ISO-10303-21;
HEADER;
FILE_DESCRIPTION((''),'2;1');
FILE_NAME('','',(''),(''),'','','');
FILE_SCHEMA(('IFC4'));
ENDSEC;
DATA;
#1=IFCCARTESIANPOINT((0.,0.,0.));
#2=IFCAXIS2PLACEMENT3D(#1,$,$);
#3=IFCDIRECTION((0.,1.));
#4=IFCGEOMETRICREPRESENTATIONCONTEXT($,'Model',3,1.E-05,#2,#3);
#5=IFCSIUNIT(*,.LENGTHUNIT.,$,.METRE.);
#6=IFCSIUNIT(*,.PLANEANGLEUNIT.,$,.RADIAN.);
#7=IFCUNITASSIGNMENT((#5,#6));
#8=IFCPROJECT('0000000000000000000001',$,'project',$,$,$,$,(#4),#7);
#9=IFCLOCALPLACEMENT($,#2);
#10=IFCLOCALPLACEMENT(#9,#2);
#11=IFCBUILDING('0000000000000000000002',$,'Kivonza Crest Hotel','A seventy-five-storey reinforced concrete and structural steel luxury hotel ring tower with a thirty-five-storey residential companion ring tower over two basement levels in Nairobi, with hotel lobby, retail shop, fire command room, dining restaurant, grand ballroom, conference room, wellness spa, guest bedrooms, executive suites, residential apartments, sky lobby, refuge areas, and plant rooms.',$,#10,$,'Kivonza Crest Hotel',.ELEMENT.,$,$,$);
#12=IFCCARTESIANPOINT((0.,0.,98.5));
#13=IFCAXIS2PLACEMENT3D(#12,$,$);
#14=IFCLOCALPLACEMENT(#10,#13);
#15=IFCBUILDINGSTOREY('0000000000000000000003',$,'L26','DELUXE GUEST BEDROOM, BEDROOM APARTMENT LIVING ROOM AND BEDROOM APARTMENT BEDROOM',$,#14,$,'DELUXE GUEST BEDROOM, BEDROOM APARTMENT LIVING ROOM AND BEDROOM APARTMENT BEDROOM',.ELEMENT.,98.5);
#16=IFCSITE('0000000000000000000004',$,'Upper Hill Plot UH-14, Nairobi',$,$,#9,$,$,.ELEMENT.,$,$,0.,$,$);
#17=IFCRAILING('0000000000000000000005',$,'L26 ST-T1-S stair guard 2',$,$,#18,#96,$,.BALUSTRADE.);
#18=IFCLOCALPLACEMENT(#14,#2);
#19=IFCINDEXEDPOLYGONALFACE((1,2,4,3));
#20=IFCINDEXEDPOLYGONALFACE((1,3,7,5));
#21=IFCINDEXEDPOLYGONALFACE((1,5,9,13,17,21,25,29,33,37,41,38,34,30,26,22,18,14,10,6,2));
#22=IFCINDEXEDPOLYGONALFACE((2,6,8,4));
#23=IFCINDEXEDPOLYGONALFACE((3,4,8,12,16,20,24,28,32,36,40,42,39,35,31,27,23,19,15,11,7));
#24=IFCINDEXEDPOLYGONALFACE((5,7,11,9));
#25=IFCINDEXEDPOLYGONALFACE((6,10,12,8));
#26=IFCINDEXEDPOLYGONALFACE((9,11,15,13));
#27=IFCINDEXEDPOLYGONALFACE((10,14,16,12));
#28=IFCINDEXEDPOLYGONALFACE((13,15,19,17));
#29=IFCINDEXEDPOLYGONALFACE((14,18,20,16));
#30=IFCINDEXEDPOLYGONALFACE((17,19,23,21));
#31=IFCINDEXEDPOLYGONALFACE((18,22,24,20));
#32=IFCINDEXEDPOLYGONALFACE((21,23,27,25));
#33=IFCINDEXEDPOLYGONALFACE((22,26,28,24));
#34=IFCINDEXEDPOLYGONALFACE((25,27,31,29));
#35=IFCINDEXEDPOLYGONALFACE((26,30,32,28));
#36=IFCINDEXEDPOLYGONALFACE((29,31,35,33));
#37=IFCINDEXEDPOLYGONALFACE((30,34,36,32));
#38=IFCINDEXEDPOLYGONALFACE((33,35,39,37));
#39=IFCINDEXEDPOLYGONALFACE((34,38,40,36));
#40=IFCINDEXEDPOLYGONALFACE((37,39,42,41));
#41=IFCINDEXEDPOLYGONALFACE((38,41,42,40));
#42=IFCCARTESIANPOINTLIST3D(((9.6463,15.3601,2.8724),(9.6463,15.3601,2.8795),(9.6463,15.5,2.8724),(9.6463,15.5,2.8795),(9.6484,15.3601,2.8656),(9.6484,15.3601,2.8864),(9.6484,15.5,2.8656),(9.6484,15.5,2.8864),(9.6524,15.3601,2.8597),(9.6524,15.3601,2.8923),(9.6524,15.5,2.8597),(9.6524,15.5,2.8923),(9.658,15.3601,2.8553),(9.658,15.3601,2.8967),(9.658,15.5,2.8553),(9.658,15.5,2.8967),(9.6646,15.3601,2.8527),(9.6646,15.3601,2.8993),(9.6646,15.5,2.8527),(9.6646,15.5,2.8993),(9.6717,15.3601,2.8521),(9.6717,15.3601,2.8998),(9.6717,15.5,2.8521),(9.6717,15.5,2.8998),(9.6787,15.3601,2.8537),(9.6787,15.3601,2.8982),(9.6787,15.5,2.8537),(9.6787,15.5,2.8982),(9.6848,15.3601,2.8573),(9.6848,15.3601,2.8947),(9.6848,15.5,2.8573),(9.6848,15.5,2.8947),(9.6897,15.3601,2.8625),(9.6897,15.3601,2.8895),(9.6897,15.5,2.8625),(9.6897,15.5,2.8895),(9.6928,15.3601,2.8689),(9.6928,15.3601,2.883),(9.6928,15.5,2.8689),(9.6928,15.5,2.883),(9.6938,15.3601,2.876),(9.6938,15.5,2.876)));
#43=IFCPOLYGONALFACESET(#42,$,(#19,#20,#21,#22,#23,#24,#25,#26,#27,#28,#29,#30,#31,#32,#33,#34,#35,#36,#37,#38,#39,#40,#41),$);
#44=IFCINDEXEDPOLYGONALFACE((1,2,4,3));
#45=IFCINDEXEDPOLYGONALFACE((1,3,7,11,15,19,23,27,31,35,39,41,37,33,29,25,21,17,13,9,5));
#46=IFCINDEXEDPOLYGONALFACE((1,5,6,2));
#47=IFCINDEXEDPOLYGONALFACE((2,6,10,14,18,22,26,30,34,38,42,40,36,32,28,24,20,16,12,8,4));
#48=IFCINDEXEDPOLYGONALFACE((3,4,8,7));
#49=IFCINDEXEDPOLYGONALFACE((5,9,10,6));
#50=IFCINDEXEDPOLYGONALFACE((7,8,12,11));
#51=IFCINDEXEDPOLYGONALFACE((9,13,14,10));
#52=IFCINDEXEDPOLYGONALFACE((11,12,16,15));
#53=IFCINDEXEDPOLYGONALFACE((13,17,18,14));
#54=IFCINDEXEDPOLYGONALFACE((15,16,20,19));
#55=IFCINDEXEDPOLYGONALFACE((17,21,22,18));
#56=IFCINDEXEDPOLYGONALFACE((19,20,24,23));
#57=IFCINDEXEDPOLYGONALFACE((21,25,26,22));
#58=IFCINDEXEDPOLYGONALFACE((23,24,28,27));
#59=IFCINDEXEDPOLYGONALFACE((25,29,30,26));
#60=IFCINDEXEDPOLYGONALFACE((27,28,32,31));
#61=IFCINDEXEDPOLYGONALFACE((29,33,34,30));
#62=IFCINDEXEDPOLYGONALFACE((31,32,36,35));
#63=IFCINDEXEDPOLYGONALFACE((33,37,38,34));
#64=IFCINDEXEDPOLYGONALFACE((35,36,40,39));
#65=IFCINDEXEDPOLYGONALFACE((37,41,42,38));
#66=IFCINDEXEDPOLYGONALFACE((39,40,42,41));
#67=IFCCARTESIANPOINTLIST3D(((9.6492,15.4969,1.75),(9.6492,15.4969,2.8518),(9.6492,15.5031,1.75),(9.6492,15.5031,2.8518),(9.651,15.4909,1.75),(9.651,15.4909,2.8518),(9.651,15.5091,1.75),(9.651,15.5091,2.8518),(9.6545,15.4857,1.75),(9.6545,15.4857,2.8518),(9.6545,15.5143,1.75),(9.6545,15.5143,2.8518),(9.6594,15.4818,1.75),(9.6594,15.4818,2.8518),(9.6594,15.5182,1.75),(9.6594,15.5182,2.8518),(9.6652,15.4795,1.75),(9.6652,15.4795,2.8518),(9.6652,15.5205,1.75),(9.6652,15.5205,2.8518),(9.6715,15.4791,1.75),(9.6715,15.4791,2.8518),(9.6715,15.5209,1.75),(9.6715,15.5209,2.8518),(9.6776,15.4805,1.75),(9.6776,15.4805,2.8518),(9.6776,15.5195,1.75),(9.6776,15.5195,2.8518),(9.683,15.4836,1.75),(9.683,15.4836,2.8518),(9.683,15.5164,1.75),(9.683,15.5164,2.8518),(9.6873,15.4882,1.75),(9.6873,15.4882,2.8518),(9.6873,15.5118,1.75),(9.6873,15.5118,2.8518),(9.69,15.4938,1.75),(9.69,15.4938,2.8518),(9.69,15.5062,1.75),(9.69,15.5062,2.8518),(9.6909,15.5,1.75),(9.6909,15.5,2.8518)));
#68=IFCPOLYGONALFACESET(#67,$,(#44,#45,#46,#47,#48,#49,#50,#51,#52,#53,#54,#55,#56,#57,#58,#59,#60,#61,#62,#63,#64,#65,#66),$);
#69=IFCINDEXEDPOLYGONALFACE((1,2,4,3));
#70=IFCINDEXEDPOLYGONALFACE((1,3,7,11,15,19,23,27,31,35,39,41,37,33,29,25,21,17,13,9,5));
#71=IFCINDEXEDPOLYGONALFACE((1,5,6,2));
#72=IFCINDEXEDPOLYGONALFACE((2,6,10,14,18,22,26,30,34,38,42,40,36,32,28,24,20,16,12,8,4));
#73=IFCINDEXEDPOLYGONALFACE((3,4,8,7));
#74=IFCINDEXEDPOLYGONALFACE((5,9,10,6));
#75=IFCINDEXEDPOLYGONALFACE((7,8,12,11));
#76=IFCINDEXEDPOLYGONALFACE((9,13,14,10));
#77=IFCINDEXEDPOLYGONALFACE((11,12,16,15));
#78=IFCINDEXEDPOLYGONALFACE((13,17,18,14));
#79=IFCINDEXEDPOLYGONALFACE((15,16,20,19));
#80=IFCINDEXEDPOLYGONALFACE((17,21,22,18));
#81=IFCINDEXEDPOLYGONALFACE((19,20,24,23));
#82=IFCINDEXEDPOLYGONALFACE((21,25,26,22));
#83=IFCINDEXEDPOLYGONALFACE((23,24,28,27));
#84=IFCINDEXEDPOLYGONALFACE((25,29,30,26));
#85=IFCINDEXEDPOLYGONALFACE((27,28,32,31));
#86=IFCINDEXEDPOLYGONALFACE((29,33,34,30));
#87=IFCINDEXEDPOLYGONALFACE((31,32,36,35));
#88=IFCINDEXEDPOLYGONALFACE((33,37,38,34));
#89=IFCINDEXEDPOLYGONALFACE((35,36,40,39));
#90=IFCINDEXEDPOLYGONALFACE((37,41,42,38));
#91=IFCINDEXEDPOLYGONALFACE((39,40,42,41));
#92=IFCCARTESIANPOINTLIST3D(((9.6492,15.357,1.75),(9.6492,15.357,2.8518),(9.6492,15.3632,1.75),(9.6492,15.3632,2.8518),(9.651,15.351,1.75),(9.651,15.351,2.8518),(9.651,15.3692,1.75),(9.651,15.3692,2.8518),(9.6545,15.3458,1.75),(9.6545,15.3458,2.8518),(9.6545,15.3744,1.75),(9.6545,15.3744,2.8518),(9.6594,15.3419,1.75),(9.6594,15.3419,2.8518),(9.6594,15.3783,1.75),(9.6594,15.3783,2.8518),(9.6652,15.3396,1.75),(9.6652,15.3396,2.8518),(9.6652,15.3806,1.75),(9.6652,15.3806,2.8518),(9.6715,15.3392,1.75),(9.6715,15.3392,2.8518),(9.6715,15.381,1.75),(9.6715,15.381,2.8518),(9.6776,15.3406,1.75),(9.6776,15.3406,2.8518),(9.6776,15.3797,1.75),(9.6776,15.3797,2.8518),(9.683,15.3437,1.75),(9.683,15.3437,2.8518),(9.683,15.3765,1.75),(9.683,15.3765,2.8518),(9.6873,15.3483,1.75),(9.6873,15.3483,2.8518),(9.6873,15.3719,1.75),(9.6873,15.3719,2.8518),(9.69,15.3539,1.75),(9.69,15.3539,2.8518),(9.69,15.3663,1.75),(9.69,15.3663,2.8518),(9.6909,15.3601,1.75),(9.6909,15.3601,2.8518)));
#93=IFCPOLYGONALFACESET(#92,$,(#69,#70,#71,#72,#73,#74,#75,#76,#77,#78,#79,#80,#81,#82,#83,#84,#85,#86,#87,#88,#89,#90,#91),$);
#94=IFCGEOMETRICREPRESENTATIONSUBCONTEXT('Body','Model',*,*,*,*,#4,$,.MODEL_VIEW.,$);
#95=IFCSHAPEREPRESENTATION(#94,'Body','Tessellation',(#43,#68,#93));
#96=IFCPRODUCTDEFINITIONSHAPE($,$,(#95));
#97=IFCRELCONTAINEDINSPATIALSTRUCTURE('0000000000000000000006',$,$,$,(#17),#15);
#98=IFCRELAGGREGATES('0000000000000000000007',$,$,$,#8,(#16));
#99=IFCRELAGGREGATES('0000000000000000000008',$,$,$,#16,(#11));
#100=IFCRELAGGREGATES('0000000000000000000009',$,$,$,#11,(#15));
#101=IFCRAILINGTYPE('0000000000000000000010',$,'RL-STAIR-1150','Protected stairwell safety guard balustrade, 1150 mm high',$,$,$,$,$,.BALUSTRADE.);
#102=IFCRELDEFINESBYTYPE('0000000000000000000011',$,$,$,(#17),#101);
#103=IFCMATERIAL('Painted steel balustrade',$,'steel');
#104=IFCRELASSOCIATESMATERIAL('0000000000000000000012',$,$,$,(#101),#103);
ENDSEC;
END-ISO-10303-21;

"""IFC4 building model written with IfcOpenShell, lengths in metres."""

from ifc_helpers import new_model, si_unit, direction, frame, origin, origin_2d, place, context, subcontext, project, spatial, circle, extrude, material, type_object, element, save


model = new_model("IFC4")

# Units and contexts
model_context = context("Model", 3, precision=1e-05, world=origin(), true_north=direction((0.0, 1.0)))
body_context = subcontext(model_context, "Body", "Model", "MODEL_VIEW")
ifc_project = project(units=[si_unit("LENGTHUNIT", "METRE"), si_unit("PLANEANGLEUNIT", "RADIAN")], contexts=[model_context])

# Site, building, storey
site_placement = place(None, origin())
site = spatial("IfcSite", under=ifc_project, at=site_placement, Name="Upper Hill Plot UH-14, Nairobi", CompositionType="ELEMENT", RefElevation=0.0)
building_placement = place(site_placement, origin())
building = spatial("IfcBuilding", under=site, at=building_placement, Name="Kivonza Crest Hotel", Description="A seventy-five-storey reinforced concrete and structural steel luxury hotel ring tower with a thirty-five-storey residential companion ring tower over two basement levels in Nairobi, with hotel lobby, retail shop, fire command room, dining restaurant, grand ballroom, conference room, wellness spa, guest bedrooms, executive suites, residential apartments, sky lobby, refuge areas, and plant rooms.", LongName="Kivonza Crest Hotel", CompositionType="ELEMENT")
storey_placement = place(building_placement, frame((0.0, 0.0, 98.5)))
storey = spatial("IfcBuildingStorey", under=building, at=storey_placement, Name="L26", Description="DELUXE GUEST BEDROOM, BEDROOM APARTMENT LIVING ROOM AND BEDROOM APARTMENT BEDROOM", LongName="DELUXE GUEST BEDROOM, BEDROOM APARTMENT LIVING ROOM AND BEDROOM APARTMENT BEDROOM", CompositionType="ELEMENT", Elevation=98.5)

# Railing
ifc_material_1 = material(Name="Painted steel balustrade", Category="steel")
railing_type_1 = type_object("IfcRailingType", Name="RL-STAIR-1150", Description="Protected stairwell safety guard balustrade, 1150 mm high", PredefinedType="BALUSTRADE", material=ifc_material_1)
railing_1_placement = place(storey_placement, frame((9.6699, 15.5, 1.75)))
element("IfcRailing", 1, at=railing_1_placement, inside=storey, type_object=railing_type_1, Name="L26 ST-T1-S stair guard 2", PredefinedType="BALUSTRADE", context=body_context, shape_type="SweptSolid", body=[
    extrude(circle(Radius=0.0239, at=origin_2d()), frame((0.0, 0.0, 1.126), z_axis=(0.0, -1.0, 0.0), x_axis=(1.0, 0.0, 0.0)), (0.0, 0.0, 1.0), 0.1399),
    extrude(circle(Radius=0.021, at=origin_2d()), origin(), (0.0, 0.0, 1.0), 1.1018),
    extrude(circle(Radius=0.021, at=origin_2d()), frame((0.0, -0.1399, 0.0)), (0.0, 0.0, 1.0), 1.1018),
])

save(model, "model.ifc")
